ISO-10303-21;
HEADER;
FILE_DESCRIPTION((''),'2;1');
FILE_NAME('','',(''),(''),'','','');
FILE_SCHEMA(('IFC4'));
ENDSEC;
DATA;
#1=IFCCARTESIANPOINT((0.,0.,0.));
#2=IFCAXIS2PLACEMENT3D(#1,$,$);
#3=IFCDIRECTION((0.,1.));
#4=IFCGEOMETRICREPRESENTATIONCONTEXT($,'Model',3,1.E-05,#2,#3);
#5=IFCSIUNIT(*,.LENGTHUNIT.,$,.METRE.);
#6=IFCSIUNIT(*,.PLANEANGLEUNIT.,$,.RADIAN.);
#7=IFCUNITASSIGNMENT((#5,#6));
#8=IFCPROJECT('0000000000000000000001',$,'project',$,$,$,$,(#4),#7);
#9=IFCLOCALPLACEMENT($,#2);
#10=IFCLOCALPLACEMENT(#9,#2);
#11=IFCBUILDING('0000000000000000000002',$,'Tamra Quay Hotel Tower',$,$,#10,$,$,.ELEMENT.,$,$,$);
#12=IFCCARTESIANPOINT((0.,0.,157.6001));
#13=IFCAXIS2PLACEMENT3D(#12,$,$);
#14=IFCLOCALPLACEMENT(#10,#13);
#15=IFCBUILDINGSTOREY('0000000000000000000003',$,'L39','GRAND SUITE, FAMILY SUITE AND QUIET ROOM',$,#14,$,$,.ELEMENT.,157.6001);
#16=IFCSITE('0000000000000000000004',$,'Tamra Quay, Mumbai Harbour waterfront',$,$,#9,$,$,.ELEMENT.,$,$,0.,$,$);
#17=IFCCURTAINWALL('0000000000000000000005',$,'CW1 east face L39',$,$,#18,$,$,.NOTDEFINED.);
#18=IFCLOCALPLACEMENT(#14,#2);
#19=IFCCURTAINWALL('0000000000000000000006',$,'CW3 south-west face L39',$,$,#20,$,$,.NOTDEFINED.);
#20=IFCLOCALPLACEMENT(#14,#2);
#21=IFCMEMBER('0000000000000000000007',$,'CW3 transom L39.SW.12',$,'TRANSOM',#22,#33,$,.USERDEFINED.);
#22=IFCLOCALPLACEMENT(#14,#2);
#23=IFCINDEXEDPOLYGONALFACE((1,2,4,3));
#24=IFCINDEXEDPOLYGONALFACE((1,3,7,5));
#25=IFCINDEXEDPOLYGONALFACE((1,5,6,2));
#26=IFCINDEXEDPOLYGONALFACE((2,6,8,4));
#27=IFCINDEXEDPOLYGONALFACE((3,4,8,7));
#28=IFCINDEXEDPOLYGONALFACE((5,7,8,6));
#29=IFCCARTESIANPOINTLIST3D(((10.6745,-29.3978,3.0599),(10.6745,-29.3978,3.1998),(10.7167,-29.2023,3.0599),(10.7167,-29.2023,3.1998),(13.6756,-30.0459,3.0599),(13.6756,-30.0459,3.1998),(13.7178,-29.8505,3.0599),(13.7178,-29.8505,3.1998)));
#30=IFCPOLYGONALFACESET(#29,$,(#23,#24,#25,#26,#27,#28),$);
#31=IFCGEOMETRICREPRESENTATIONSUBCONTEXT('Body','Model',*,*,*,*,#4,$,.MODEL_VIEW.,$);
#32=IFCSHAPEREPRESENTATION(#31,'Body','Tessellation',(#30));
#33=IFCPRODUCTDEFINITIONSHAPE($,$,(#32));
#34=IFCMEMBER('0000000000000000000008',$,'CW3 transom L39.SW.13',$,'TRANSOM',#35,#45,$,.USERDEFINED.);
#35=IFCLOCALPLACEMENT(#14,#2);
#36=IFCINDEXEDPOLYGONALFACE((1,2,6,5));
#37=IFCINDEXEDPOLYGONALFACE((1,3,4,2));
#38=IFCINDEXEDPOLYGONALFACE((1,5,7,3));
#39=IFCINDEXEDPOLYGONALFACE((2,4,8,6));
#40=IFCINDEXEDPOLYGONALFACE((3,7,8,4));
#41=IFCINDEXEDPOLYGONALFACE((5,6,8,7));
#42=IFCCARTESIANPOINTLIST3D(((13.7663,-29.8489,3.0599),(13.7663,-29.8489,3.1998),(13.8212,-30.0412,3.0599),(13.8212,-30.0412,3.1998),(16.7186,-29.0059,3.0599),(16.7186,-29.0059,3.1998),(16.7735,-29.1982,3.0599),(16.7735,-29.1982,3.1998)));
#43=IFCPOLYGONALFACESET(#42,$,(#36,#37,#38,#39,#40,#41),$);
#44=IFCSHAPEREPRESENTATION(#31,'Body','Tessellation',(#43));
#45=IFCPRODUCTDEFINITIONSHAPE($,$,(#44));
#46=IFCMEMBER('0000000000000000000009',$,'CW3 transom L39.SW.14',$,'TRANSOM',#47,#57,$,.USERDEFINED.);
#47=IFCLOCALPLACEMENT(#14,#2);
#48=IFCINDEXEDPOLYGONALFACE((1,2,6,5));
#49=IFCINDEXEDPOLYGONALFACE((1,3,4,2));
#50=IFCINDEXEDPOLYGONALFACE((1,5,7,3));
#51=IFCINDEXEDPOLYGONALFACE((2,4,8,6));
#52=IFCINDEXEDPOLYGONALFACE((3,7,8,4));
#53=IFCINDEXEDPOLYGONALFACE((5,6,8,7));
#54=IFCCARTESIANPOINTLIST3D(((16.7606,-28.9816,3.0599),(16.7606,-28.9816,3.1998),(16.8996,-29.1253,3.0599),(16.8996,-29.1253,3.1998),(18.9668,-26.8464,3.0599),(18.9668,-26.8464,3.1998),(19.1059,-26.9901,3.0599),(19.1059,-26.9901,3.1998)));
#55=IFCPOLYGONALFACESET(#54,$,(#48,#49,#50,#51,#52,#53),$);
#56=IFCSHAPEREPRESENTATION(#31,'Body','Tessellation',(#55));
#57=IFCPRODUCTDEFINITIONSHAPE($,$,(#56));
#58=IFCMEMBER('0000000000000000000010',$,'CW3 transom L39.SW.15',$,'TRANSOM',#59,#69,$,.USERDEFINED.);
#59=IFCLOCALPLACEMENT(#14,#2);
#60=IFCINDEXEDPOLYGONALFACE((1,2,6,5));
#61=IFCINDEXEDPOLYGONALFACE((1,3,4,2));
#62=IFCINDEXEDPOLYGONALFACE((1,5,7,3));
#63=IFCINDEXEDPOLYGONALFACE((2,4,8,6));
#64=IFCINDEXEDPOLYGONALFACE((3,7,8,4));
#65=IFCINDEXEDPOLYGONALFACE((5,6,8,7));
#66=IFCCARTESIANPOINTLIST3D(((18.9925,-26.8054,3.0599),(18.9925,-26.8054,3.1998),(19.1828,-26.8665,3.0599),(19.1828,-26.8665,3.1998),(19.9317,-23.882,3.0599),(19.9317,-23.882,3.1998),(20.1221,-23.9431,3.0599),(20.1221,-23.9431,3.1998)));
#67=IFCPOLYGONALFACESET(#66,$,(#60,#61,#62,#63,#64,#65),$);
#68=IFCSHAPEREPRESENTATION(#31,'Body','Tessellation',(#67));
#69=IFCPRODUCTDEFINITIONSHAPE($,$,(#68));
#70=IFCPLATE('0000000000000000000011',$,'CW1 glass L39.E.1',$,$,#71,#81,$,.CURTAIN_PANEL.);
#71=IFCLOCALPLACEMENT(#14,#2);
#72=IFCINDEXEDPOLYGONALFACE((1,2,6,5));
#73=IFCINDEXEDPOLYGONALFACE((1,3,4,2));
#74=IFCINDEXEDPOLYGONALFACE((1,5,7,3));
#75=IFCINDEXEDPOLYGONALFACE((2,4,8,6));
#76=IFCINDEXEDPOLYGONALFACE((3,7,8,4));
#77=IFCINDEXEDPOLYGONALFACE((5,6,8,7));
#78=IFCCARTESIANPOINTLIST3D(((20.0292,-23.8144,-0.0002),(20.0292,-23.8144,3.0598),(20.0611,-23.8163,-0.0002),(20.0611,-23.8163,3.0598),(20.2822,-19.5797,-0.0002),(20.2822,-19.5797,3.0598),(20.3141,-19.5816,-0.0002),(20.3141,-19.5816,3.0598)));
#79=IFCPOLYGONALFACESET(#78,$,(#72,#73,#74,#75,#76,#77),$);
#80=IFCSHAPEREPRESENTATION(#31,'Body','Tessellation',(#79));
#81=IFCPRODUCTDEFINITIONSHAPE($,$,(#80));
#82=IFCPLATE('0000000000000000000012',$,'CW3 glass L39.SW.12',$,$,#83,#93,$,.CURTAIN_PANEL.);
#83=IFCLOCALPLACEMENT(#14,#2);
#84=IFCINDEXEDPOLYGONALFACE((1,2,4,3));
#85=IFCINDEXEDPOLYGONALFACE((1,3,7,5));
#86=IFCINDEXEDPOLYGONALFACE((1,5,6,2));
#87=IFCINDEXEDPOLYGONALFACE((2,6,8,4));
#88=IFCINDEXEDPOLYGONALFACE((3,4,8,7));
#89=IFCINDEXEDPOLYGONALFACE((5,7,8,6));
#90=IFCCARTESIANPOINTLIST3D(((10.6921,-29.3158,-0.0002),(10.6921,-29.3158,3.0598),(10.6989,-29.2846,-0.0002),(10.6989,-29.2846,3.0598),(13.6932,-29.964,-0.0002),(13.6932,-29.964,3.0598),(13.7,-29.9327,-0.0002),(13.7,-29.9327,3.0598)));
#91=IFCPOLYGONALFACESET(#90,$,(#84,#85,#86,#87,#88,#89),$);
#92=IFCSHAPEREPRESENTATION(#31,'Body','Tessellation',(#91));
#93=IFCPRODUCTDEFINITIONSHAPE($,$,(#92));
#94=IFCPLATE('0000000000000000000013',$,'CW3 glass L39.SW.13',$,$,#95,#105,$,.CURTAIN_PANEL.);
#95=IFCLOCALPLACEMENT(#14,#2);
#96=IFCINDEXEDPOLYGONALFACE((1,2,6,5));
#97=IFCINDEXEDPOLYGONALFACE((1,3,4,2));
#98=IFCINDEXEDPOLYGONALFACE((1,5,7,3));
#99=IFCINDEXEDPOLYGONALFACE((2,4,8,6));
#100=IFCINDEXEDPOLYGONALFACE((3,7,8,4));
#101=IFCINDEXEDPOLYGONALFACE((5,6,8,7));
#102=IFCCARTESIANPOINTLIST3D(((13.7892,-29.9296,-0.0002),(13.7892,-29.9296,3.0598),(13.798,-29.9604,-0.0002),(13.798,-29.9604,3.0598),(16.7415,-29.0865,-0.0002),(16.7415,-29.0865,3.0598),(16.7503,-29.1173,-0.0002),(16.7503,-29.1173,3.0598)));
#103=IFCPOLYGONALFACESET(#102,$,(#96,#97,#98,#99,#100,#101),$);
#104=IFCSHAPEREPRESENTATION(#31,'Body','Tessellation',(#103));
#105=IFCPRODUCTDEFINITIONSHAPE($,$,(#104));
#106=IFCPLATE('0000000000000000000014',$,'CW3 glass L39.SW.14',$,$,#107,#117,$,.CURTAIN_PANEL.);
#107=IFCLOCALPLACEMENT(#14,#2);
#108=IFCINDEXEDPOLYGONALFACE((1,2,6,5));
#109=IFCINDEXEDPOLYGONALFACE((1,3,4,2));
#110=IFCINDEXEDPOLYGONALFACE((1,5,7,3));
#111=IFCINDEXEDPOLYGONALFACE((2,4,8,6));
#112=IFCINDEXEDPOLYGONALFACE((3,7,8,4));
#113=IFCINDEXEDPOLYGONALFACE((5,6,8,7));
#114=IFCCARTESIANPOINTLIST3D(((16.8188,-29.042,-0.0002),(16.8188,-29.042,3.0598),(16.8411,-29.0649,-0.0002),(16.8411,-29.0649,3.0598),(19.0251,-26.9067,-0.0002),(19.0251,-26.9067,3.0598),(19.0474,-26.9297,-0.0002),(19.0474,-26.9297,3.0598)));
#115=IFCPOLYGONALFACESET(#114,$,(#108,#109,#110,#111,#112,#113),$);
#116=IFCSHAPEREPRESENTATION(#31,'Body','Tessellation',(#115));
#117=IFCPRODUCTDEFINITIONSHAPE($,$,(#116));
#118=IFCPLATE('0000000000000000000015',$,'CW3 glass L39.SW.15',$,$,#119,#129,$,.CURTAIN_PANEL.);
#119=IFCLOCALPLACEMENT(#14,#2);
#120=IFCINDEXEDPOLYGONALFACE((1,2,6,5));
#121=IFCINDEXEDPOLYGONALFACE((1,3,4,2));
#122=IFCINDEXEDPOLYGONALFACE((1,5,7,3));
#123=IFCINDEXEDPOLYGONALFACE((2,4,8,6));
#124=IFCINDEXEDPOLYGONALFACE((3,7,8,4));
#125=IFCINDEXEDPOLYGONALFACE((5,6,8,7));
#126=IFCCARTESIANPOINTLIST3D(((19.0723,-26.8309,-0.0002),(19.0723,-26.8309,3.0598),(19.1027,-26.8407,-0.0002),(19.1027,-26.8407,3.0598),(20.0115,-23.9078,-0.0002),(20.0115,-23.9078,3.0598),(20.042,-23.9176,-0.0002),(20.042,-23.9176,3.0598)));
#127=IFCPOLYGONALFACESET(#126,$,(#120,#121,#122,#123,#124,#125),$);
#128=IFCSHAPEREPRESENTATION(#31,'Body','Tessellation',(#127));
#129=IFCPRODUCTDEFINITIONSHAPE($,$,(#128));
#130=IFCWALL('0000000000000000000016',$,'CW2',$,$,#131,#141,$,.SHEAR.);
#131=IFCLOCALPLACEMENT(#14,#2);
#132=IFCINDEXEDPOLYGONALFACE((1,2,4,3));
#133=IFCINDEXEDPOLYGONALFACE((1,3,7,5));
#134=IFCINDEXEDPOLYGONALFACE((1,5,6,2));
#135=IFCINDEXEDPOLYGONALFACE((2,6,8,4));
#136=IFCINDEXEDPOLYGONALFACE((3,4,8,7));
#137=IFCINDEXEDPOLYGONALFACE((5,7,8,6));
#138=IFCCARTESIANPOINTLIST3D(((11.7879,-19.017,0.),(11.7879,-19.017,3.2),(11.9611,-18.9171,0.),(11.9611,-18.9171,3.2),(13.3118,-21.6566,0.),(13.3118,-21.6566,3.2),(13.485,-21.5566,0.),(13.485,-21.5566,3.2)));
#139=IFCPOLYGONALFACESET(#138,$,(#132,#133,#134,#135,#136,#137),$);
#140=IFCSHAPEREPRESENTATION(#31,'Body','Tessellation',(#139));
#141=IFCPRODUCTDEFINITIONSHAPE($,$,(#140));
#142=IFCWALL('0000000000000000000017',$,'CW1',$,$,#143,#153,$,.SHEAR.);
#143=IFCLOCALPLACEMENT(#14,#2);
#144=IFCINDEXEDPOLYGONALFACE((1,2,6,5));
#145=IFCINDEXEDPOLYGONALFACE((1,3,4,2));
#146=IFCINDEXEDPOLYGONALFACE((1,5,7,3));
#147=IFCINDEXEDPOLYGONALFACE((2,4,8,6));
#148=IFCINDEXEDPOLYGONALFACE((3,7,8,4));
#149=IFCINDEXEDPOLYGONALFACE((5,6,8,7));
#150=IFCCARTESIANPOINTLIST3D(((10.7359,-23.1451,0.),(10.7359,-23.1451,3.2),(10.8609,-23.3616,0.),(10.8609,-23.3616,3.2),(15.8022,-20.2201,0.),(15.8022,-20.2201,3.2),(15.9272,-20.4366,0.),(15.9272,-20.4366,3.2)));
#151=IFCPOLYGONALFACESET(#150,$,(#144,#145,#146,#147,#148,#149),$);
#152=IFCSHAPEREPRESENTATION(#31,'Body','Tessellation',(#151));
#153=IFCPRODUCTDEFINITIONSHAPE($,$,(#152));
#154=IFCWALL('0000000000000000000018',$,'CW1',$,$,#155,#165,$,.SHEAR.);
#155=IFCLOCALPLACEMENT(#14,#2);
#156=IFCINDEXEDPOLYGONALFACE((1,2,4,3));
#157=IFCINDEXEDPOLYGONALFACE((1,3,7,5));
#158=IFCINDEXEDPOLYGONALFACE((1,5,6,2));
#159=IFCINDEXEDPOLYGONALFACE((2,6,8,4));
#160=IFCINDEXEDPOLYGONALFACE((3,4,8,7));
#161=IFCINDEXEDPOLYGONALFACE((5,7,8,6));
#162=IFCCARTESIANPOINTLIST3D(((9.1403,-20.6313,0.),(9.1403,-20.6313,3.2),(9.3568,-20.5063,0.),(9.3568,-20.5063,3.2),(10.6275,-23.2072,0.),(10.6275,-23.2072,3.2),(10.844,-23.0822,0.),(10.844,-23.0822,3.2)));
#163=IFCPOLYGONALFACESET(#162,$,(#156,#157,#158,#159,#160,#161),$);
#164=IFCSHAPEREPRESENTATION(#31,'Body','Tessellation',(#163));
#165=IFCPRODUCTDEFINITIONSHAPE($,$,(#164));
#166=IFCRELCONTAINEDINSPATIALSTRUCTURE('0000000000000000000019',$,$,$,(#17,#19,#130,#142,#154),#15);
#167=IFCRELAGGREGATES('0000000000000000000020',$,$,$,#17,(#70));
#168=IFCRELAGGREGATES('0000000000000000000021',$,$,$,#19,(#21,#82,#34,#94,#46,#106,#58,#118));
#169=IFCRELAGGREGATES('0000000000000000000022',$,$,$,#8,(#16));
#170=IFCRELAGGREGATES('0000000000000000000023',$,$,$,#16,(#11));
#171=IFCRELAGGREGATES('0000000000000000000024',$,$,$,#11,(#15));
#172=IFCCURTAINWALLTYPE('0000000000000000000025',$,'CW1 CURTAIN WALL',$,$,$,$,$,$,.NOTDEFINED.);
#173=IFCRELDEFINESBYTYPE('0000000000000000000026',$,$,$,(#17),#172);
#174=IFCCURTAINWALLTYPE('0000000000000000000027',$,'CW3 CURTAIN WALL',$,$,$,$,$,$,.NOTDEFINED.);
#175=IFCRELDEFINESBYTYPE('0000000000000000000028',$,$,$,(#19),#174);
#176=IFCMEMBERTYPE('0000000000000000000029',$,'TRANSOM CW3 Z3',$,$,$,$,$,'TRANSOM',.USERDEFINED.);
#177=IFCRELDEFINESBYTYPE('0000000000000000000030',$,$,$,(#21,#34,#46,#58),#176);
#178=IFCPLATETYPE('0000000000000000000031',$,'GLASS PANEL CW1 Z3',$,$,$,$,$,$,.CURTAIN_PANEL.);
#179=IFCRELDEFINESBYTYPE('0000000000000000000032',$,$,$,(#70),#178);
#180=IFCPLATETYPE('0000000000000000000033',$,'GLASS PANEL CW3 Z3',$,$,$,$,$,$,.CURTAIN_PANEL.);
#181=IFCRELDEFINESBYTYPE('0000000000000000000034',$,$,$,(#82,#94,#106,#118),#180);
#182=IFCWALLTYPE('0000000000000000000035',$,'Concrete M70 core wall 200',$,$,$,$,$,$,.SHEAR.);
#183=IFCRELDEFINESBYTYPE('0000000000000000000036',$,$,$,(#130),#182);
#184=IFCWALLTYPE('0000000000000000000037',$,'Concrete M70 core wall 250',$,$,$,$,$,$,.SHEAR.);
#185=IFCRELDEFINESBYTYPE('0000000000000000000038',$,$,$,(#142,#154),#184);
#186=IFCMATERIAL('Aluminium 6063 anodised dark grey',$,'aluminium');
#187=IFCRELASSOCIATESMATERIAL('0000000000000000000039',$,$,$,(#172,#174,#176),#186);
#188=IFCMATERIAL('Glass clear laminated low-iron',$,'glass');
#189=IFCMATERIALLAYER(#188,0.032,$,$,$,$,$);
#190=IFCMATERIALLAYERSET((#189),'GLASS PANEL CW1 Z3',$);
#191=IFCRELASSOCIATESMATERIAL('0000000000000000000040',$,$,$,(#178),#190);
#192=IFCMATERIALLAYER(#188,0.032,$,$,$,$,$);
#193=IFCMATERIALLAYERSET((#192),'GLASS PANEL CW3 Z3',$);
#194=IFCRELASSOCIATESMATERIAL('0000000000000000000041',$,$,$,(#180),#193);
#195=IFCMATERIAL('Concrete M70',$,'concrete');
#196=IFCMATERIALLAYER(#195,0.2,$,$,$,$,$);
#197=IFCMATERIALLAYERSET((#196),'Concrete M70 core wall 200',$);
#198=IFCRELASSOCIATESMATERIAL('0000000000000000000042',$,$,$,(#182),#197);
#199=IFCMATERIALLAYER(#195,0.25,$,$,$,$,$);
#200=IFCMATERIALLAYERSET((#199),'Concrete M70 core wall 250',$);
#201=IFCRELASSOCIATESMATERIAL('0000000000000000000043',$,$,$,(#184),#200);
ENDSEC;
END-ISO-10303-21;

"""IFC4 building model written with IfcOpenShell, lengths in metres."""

from ifc_helpers import new_model, si_unit, direction, frame, frame_2d, origin, origin_2d, place, context, subcontext, project, spatial, rectangle, extrude, material, layer, layer_set, material_profile, profile_set, type_object, element, aggregate, save


model = new_model("IFC4")

# Units and contexts
model_context = context("Model", 3, precision=1e-05, world=origin(), true_north=direction((0.0, 1.0)))
body_context = subcontext(model_context, "Body", "Model", "MODEL_VIEW")
ifc_project = project(units=[si_unit("LENGTHUNIT", "METRE"), si_unit("PLANEANGLEUNIT", "RADIAN")], contexts=[model_context])

# Site, building, storey
site_placement = place(None, origin())
site = spatial("IfcSite", under=ifc_project, at=site_placement, Name="Tamra Quay, Mumbai Harbour waterfront", CompositionType="ELEMENT", RefElevation=0.0)
building_placement = place(site_placement, origin())
building = spatial("IfcBuilding", under=site, at=building_placement, Name="Tamra Quay Hotel Tower", CompositionType="ELEMENT")
storey_placement = place(building_placement, frame((0.0, 0.0, 157.6001)))
storey = spatial("IfcBuildingStorey", under=building, at=storey_placement, Name="L39", Description="GRAND SUITE, FAMILY SUITE AND QUIET ROOM", CompositionType="ELEMENT", Elevation=157.6001)

# Shared definitions
ifc_material_1 = material(Name="Concrete M70", Category="concrete")

# Curtain walls
ifc_material_2 = material(Name="Aluminium 6063 anodised dark grey", Category="aluminium")
curtain_wall_type_1 = type_object("IfcCurtainWallType", Name="CW1 CURTAIN WALL", PredefinedType="NOTDEFINED", material=ifc_material_2)
curtain_wall_1_placement = place(storey_placement, origin())
curtain_wall_1 = element("IfcCurtainWall", 1, at=curtain_wall_1_placement, inside=storey, type_object=curtain_wall_type_1, Name="CW1 east face L39", PredefinedType="NOTDEFINED")
curtain_wall_type_2 = type_object("IfcCurtainWallType", Name="CW3 CURTAIN WALL", PredefinedType="NOTDEFINED", material=ifc_material_2)
curtain_wall_2_placement = place(storey_placement, origin())
curtain_wall_2 = element("IfcCurtainWall", 2, at=curtain_wall_2_placement, inside=storey, type_object=curtain_wall_type_2, Name="CW3 south-west face L39", PredefinedType="NOTDEFINED")

# Members
ifc_material_profile_1 = material_profile(ifc_material_2, rectangle(XDim=0.2, YDim=0.1399, at=origin_2d()), Name="TRANSOM 200X140")
ifc_profile_set_1 = profile_set([ifc_material_profile_1], Name="Aluminium 6063 anodised dark grey")
member_type_1 = type_object("IfcMemberType", Name="TRANSOM CW3 Z3", ElementType="TRANSOM", PredefinedType="USERDEFINED", material=ifc_profile_set_1)
member_1_placement = place(storey_placement, frame((10.6956, -29.3, 3.1299), z_axis=(0.977463, -0.211109, 0.0), x_axis=(0.211109, 0.977463, 0.0)))
member_1 = element("IfcMember", 3, at=member_1_placement, type_object=member_type_1, Name="CW3 transom L39.SW.12", ObjectType="TRANSOM", PredefinedType="USERDEFINED", context=body_context, shape_type="SweptSolid", body=[
    extrude(rectangle(XDim=0.2, YDim=0.1399, at=origin_2d()), origin(), (0.0, 0.0, 1.0), 3.0703),
])
member_2_placement = place(storey_placement, frame((13.7937, -29.9451, 3.1299), z_axis=(0.961569, 0.274564, 0.0), x_axis=(-0.274564, 0.961569, 0.0)))
member_2 = element("IfcMember", 4, at=member_2_placement, type_object=member_type_1, Name="CW3 transom L39.SW.13", ObjectType="TRANSOM", PredefinedType="USERDEFINED", context=body_context, shape_type="SweptSolid", body=[
    extrude(rectangle(XDim=0.2, YDim=0.1399, at=origin_2d()), origin(), (0.0, 0.0, 1.0), 3.0703),
])
member_3_placement = place(storey_placement, frame((16.8301, -29.0535, 3.1299), z_axis=(0.718582, 0.695443, 0.0), x_axis=(-0.695443, 0.718582, 0.0)))
member_3 = element("IfcMember", 5, at=member_3_placement, type_object=member_type_1, Name="CW3 transom L39.SW.14", ObjectType="TRANSOM", PredefinedType="USERDEFINED", context=body_context, shape_type="SweptSolid", body=[
    extrude(rectangle(XDim=0.2, YDim=0.1399, at=origin_2d()), origin(), (0.0, 0.0, 1.0), 3.0703),
])
member_4_placement = place(storey_placement, frame((19.0876, -26.8359, 3.1299), z_axis=(0.30588, 0.95207, 0.0), x_axis=(-0.95207, 0.30588, 0.0)))
member_4 = element("IfcMember", 6, at=member_4_placement, type_object=member_type_1, Name="CW3 transom L39.SW.15", ObjectType="TRANSOM", PredefinedType="USERDEFINED", context=body_context, shape_type="SweptSolid", body=[
    extrude(rectangle(XDim=0.2, YDim=0.1399, at=origin_2d()), origin(), (0.0, 0.0, 1.0), 3.0706),
])

# Plates
ifc_material_3 = material(Name="Glass clear laminated low-iron", Category="glass")
ifc_layer_1 = layer(ifc_material_3, 0.032)
ifc_layer_set_1 = layer_set([ifc_layer_1], Name="GLASS PANEL CW1 Z3")
plate_type_1 = type_object("IfcPlateType", Name="GLASS PANEL CW1 Z3", PredefinedType="CURTAIN_PANEL", material=ifc_layer_set_1)
plate_1_placement = place(storey_placement, frame((20.1716, -21.698, -0.0002), z_axis=(0.0, 0.0, 1.0), x_axis=(0.059642, 0.99822, 0.0)))
plate_1 = element("IfcPlate", 7, at=plate_1_placement, type_object=plate_type_1, Name="CW1 glass L39.E.1", PredefinedType="CURTAIN_PANEL", context=body_context, shape_type="SweptSolid", body=[
    extrude(rectangle(XDim=4.2422, YDim=0.032, at=origin_2d()), origin(), (0.0, 0.0, 1.0), 3.0601),
])
aggregate(curtain_wall_1, [plate_1])
ifc_layer_2 = layer(ifc_material_3, 0.032)
ifc_layer_set_2 = layer_set([ifc_layer_2], Name="GLASS PANEL CW3 Z3")
plate_type_2 = type_object("IfcPlateType", Name="GLASS PANEL CW3 Z3", PredefinedType="CURTAIN_PANEL", material=ifc_layer_set_2)
plate_2_placement = place(storey_placement, frame((12.196, -29.6243, -0.0002), z_axis=(0.0, 0.0, 1.0), x_axis=(0.977465, -0.211099, 0.0)))
plate_2 = element("IfcPlate", 8, at=plate_2_placement, type_object=plate_type_2, Name="CW3 glass L39.SW.12", PredefinedType="CURTAIN_PANEL", context=body_context, shape_type="SweptSolid", body=[
    extrude(rectangle(XDim=3.0703, YDim=0.032, at=origin_2d()), origin(), (0.0, 0.0, 1.0), 3.0601),
])
plate_3_placement = place(storey_placement, frame((15.2698, -29.5234, -0.0002), z_axis=(0.0, 0.0, 1.0), x_axis=(0.961561, 0.274593, 0.0)))
plate_3 = element("IfcPlate", 9, at=plate_3_placement, type_object=plate_type_2, Name="CW3 glass L39.SW.13", PredefinedType="CURTAIN_PANEL", context=body_context, shape_type="SweptSolid", body=[
    extrude(rectangle(XDim=3.0703, YDim=0.032, at=origin_2d()), origin(), (0.0, 0.0, 1.0), 3.0601),
])
plate_4_placement = place(storey_placement, frame((17.9331, -27.9858, -0.0002), z_axis=(0.0, 0.0, 1.0), x_axis=(0.718584, 0.69544, 0.0)))
plate_4 = element("IfcPlate", 10, at=plate_4_placement, type_object=plate_type_2, Name="CW3 glass L39.SW.14", PredefinedType="CURTAIN_PANEL", context=body_context, shape_type="SweptSolid", body=[
    extrude(rectangle(XDim=3.0703, YDim=0.032, at=origin_2d()), origin(), (0.0, 0.0, 1.0), 3.0601),
])
plate_5_placement = place(storey_placement, frame((19.5571, -25.3743, -0.0002), z_axis=(0.0, 0.0, 1.0), x_axis=(0.305915, 0.952059, 0.0)))
plate_5 = element("IfcPlate", 11, at=plate_5_placement, type_object=plate_type_2, Name="CW3 glass L39.SW.15", PredefinedType="CURTAIN_PANEL", context=body_context, shape_type="SweptSolid", body=[
    extrude(rectangle(XDim=3.0703, YDim=0.032, at=origin_2d()), origin(), (0.0, 0.0, 1.0), 3.0601),
])
aggregate(curtain_wall_2, [member_1, plate_2, member_2, plate_3, member_3, plate_4, member_4, plate_5])

# Walls
ifc_layer_3 = layer(ifc_material_1, 0.2)
ifc_layer_set_3 = layer_set([ifc_layer_3], Name="Concrete M70 core wall 200")
wall_type_1 = type_object("IfcWallType", Name="Concrete M70 core wall 200", PredefinedType="SHEAR", material=ifc_layer_set_3)
wall_1_placement = place(storey_placement, frame((11.8745, -18.967, 0.0), z_axis=(0.0, 0.0, 1.0), x_axis=(0.499981, -0.866036, 0.0)))
element("IfcWall", 12, at=wall_1_placement, inside=storey, type_object=wall_type_1, Name="CW2", PredefinedType="SHEAR", context=body_context, shape_type="SweptSolid", body=[
    extrude(rectangle(XDim=3.0479, YDim=0.2, at=frame_2d((1.5239, 0.0))), origin(), (0.0, 0.0, 1.0), 3.2),
])
ifc_layer_4 = layer(ifc_material_1, 0.25)
ifc_layer_set_4 = layer_set([ifc_layer_4], Name="Concrete M70 core wall 250")
wall_type_2 = type_object("IfcWallType", Name="Concrete M70 core wall 250", PredefinedType="SHEAR", material=ifc_layer_set_4)
wall_2_placement = place(storey_placement, frame((15.8647, -20.3284, 0.0), z_axis=(0.0, 0.0, 1.0), x_axis=(-0.866029, -0.499995, 0.0)))
element("IfcWall", 13, at=wall_2_placement, inside=storey, type_object=wall_type_2, Name="CW1", PredefinedType="SHEAR", context=body_context, shape_type="SweptSolid", body=[
    extrude(rectangle(XDim=5.8501, YDim=0.25, at=frame_2d((2.925, 0.0))), origin(), (0.0, 0.0, 1.0), 3.2),
])
wall_3_placement = place(storey_placement, frame((10.7358, -23.1448, 0.0), z_axis=(0.0, 0.0, 1.0), x_axis=(-0.500023, 0.866012, 0.0)))
element("IfcWall", 14, at=wall_3_placement, inside=storey, type_object=wall_type_2, Name="CW1", PredefinedType="SHEAR", context=body_context, shape_type="SweptSolid", body=[
    extrude(rectangle(XDim=2.9744, YDim=0.25, at=frame_2d((1.4873, 0.0))), origin(), (0.0, 0.0, 1.0), 3.2),
])

save(model, "model.ifc")
